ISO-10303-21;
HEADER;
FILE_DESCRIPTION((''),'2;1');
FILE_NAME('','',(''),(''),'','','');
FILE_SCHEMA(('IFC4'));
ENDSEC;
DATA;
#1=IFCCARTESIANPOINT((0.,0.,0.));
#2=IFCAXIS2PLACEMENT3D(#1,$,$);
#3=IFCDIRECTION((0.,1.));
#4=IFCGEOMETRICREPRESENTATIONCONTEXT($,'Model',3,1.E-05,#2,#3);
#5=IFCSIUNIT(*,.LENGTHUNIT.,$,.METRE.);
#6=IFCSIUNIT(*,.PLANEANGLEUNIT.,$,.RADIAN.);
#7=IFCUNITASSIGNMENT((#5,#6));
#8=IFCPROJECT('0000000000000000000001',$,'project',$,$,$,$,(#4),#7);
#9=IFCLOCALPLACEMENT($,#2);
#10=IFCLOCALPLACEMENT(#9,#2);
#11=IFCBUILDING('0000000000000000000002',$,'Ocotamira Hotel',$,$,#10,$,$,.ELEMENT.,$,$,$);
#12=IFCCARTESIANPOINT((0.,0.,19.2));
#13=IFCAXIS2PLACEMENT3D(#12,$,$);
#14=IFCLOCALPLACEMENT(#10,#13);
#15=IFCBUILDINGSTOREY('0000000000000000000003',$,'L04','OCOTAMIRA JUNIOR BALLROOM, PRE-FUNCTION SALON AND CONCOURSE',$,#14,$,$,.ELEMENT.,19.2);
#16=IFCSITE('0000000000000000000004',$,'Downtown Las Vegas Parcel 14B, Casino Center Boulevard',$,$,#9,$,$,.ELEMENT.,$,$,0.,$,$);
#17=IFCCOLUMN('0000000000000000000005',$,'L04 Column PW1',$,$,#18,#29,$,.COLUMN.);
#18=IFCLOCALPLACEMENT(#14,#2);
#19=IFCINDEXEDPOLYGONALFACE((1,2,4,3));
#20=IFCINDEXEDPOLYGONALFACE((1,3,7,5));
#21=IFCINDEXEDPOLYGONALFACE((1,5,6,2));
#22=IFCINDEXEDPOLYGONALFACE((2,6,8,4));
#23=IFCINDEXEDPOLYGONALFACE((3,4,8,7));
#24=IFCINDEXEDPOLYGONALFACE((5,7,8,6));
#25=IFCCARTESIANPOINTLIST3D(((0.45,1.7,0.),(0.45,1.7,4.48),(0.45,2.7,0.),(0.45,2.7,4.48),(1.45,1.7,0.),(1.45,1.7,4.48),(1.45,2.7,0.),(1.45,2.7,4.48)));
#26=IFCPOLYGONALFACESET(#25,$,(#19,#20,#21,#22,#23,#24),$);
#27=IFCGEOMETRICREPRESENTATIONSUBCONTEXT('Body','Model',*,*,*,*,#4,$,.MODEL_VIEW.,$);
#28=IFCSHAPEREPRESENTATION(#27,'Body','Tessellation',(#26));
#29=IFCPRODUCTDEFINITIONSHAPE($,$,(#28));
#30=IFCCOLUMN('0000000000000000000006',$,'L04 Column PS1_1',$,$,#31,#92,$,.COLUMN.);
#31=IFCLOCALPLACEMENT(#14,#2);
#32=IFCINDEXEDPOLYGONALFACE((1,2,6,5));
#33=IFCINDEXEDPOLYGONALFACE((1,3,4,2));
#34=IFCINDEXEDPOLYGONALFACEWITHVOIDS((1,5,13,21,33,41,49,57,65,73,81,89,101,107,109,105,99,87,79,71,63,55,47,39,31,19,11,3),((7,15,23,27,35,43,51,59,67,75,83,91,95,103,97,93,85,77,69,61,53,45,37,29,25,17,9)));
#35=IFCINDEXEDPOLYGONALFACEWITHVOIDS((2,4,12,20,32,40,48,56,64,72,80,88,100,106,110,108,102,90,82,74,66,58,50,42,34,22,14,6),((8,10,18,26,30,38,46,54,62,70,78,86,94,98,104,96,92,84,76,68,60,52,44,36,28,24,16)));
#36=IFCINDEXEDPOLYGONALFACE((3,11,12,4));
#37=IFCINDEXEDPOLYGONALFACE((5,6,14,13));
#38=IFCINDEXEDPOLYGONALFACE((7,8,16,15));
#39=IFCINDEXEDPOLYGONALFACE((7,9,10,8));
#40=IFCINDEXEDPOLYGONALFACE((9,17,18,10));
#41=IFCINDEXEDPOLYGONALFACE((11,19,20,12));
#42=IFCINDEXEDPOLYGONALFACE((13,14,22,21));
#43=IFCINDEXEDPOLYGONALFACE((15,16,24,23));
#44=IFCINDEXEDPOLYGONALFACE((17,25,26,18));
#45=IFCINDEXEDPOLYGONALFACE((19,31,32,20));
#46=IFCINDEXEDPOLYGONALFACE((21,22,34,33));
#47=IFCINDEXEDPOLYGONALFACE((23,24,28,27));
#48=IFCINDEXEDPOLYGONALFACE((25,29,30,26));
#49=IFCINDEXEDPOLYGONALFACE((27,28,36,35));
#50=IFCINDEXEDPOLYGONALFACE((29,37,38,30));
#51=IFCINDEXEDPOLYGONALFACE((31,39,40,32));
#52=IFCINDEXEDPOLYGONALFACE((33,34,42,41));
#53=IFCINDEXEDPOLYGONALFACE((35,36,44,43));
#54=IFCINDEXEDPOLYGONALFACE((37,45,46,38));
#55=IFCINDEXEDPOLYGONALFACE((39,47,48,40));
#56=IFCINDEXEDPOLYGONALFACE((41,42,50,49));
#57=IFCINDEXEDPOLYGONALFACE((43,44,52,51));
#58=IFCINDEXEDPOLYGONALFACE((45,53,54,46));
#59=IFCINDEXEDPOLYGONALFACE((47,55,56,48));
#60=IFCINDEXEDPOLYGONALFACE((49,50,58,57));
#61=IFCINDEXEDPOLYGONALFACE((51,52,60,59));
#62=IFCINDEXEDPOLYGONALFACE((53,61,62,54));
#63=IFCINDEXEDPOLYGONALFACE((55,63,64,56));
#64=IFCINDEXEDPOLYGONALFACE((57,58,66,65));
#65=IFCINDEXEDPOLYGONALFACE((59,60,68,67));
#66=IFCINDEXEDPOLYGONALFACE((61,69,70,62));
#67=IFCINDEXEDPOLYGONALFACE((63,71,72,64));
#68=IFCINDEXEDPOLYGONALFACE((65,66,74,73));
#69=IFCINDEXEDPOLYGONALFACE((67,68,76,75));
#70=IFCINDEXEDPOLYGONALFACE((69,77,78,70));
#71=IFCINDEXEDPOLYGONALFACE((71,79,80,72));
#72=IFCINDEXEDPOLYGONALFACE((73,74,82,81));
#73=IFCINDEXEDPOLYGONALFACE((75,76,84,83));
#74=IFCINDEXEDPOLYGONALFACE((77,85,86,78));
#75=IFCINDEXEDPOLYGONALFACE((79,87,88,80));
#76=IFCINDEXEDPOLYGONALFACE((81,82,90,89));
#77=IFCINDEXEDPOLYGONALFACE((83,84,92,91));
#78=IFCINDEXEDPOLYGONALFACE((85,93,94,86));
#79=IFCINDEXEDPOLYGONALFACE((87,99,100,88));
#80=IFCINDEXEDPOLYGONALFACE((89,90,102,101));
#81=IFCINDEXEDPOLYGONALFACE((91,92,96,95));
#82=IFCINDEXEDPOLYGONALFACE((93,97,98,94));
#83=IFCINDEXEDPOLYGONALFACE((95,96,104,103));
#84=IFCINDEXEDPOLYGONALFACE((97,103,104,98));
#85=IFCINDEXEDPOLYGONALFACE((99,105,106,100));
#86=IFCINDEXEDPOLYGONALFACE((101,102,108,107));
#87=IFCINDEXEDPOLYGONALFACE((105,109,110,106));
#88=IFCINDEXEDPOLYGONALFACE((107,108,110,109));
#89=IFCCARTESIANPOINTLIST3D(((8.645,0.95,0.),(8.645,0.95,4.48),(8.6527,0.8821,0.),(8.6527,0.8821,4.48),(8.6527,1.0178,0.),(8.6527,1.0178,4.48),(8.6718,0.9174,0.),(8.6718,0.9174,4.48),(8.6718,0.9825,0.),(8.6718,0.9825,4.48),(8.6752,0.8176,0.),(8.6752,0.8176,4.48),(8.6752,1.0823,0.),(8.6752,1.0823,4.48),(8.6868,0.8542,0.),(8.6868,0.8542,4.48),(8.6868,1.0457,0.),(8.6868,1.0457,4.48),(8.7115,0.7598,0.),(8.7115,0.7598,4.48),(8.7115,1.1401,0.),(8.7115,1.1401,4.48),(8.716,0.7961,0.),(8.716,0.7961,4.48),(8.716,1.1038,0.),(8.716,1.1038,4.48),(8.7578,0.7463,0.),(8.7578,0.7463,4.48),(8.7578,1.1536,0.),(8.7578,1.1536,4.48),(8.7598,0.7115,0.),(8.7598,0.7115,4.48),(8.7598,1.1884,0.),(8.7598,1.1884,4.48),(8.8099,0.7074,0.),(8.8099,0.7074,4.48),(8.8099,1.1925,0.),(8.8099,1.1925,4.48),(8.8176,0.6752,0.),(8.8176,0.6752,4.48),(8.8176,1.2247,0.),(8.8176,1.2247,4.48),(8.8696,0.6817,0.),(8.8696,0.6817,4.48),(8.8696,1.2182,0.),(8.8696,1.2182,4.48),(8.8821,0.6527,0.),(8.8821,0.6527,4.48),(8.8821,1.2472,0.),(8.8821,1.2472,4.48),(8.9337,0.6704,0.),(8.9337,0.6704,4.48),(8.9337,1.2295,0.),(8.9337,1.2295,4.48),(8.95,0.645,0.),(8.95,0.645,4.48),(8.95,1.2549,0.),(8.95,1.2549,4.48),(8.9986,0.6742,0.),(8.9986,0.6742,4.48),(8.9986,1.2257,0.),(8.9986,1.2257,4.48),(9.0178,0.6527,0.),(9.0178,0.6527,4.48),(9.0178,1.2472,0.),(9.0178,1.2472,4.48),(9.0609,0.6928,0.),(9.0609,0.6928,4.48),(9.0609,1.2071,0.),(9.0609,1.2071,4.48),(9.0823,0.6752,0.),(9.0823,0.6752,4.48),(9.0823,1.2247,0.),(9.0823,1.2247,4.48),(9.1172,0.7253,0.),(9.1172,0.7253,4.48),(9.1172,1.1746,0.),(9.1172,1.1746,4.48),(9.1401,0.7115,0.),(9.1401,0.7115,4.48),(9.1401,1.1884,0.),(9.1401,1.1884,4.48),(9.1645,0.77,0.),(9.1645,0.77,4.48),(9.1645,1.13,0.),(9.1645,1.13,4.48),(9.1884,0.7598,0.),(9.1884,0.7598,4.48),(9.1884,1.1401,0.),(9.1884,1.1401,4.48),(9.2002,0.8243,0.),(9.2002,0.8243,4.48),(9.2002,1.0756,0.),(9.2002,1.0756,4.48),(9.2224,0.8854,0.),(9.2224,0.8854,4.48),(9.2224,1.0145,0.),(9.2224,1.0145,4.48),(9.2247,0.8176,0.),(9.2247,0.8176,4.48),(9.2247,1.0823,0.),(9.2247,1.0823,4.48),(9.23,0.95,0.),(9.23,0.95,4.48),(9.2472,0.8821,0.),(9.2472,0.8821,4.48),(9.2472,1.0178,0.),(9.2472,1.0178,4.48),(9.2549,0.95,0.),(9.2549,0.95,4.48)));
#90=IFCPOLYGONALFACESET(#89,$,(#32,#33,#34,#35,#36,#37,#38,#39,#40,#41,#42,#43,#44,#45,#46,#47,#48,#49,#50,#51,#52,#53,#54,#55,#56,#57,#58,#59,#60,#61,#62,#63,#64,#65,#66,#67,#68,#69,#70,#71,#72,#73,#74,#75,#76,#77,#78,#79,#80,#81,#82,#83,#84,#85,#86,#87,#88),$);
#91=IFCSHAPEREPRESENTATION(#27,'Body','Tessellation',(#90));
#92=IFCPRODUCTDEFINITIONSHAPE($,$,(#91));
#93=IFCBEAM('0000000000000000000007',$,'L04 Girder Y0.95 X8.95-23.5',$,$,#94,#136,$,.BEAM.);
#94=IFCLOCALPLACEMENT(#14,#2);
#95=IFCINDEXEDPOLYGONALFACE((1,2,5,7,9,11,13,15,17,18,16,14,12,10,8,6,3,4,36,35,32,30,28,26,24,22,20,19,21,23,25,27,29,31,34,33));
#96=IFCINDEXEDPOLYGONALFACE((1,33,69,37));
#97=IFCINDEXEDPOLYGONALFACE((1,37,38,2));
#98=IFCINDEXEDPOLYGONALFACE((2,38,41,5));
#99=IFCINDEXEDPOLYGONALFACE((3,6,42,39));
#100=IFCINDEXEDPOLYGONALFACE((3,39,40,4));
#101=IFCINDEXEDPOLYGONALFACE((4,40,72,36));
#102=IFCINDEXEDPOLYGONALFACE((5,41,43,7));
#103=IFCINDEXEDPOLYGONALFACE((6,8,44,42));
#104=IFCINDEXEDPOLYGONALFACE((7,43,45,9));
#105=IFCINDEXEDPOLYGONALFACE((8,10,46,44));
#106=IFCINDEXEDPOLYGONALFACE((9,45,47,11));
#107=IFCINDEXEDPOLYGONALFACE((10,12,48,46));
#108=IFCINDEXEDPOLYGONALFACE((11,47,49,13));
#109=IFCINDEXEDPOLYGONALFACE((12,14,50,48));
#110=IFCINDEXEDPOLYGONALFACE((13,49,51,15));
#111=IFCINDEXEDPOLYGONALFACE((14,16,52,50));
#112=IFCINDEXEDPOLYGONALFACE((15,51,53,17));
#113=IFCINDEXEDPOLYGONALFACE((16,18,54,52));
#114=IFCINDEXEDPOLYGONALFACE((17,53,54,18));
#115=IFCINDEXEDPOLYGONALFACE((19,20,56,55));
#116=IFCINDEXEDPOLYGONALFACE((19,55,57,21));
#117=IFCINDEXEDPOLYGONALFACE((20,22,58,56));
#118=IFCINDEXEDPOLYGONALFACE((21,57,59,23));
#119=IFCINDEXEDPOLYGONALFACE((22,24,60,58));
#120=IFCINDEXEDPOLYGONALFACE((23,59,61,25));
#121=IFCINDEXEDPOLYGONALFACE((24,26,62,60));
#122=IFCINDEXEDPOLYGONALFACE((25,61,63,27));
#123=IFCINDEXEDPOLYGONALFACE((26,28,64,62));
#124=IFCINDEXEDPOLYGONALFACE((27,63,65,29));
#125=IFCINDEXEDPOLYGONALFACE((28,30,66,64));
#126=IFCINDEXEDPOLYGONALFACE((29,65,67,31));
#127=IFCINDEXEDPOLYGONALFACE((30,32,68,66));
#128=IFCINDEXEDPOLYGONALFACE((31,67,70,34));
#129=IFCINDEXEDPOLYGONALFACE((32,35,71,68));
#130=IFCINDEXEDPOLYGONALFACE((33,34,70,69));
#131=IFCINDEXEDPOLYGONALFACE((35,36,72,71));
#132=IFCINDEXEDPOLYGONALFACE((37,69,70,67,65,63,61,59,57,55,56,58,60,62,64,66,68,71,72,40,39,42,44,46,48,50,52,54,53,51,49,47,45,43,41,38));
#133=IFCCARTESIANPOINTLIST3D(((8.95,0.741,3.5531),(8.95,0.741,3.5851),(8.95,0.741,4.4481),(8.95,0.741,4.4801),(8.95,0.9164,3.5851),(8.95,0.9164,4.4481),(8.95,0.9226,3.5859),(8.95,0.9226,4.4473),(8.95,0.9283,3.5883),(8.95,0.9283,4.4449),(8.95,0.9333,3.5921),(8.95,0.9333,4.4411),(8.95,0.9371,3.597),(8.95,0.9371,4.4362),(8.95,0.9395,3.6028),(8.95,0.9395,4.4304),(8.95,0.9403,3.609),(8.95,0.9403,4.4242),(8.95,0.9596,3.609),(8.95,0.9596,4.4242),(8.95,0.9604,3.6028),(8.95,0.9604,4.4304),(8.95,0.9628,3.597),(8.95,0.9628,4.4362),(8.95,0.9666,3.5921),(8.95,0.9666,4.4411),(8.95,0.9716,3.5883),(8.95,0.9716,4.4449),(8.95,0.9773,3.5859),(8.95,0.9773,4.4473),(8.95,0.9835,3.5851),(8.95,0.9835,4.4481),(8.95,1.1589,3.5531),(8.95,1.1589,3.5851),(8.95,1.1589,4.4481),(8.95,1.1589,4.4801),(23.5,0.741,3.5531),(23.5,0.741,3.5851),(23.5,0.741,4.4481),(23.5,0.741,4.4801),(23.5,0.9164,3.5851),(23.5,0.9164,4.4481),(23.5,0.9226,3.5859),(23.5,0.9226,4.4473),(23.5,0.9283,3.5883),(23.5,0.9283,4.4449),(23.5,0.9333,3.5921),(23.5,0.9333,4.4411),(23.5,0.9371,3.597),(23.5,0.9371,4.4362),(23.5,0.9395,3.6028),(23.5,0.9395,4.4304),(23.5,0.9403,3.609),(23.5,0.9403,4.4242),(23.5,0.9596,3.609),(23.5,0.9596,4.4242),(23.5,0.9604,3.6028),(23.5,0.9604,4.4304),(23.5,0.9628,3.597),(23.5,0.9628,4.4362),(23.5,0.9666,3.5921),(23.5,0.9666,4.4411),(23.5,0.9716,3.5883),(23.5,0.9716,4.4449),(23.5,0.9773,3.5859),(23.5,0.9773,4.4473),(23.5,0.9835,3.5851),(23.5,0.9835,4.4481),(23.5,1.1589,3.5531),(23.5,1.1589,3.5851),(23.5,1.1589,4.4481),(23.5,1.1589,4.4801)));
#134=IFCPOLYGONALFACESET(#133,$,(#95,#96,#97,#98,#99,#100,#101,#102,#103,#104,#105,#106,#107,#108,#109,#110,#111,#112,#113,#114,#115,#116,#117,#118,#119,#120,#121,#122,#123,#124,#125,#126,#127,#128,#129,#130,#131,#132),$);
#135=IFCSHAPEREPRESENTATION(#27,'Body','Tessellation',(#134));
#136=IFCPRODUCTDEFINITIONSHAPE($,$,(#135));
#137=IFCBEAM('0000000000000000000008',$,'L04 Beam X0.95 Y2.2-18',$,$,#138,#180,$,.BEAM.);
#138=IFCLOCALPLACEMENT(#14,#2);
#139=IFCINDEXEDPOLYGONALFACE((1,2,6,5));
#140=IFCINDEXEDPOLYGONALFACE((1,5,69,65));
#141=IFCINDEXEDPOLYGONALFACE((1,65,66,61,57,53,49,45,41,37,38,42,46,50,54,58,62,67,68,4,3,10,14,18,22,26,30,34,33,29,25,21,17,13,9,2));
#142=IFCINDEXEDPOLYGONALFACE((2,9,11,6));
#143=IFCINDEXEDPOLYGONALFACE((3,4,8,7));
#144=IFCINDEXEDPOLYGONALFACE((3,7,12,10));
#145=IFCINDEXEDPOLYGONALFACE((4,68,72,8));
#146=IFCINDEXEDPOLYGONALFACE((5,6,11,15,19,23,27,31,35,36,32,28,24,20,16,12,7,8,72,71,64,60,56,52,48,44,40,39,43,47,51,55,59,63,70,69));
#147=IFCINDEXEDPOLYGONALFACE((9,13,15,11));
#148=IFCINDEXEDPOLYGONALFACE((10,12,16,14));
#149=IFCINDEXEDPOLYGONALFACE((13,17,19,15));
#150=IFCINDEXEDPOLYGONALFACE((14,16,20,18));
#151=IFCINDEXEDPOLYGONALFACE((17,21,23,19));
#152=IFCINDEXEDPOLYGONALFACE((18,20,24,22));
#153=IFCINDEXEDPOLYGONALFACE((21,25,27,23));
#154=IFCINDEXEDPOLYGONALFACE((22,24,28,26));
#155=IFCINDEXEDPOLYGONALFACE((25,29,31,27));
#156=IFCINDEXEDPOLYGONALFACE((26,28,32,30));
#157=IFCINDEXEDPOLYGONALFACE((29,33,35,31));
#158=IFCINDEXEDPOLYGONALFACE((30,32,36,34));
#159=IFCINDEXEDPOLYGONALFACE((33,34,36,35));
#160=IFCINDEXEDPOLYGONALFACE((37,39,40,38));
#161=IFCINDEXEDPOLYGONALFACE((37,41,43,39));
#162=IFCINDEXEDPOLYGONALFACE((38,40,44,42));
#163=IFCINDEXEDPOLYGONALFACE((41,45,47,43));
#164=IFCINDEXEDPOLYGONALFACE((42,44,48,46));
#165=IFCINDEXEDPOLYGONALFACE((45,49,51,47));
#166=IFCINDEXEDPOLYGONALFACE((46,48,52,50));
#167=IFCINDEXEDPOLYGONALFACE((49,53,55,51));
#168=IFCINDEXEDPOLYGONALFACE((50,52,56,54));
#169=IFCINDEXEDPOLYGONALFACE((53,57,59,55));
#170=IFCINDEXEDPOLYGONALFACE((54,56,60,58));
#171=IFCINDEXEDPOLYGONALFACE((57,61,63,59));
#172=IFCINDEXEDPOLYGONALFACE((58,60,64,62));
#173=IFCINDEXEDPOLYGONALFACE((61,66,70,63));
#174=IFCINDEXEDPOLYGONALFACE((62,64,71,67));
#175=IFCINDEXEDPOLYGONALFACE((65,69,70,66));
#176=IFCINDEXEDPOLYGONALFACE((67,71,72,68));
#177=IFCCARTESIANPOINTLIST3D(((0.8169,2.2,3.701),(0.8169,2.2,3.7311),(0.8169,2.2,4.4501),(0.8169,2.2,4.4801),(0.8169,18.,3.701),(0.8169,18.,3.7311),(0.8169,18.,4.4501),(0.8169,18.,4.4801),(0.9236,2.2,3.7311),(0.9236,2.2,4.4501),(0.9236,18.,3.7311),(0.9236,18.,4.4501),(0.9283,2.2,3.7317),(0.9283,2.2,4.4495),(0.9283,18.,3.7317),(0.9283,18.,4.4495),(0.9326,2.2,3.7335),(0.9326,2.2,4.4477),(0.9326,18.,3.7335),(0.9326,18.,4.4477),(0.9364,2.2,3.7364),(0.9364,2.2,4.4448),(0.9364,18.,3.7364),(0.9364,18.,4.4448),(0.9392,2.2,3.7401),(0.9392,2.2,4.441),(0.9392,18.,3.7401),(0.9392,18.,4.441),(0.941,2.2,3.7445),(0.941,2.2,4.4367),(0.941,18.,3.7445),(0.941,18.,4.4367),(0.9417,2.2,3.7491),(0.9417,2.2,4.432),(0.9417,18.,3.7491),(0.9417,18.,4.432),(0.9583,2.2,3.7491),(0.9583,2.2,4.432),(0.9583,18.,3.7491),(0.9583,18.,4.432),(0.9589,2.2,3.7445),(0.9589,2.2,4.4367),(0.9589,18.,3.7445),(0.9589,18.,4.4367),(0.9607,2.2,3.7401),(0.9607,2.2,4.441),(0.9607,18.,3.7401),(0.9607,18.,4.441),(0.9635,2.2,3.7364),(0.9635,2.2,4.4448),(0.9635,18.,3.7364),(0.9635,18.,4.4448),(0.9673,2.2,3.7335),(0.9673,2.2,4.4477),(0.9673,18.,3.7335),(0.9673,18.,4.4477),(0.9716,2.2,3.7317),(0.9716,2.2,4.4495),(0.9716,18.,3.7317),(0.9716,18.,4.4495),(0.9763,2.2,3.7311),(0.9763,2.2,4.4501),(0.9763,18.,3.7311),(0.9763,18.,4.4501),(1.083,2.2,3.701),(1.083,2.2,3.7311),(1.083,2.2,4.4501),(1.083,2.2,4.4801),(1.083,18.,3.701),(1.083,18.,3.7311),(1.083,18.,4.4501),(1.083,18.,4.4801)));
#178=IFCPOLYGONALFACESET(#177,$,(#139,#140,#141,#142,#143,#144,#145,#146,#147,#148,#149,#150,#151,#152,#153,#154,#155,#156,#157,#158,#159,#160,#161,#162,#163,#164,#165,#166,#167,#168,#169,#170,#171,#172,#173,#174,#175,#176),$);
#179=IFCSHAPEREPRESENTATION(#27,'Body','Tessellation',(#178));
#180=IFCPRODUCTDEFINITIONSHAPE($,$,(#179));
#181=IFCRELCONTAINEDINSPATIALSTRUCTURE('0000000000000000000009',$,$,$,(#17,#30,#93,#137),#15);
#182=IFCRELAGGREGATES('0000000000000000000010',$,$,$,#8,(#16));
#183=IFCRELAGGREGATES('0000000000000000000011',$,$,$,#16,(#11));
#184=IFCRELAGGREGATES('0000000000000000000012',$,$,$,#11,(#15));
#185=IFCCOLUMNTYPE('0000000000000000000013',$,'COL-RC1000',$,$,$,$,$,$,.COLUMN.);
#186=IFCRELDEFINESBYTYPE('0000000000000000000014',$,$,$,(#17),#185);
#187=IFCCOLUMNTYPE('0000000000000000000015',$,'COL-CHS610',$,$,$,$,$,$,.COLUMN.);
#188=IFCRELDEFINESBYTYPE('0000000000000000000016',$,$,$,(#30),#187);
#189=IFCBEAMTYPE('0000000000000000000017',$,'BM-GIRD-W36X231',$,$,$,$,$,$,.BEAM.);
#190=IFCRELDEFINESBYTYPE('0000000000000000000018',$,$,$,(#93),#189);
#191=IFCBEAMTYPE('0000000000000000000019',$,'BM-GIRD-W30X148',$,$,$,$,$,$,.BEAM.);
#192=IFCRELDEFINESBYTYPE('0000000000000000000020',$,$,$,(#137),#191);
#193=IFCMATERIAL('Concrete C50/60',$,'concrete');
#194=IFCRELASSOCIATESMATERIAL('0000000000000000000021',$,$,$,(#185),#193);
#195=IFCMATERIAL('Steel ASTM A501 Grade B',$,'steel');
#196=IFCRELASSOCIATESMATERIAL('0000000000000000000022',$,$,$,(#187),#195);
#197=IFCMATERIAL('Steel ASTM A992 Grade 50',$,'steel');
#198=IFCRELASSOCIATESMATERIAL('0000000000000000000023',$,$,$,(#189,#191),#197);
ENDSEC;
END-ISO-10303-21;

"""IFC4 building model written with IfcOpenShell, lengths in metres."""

from ifc_helpers import new_model, si_unit, direction, frame, origin, origin_2d, place, context, subcontext, project, spatial, rectangle, hollow_circle, i_section, extrude, source, transform, mapped, material, material_profile, profile_set, type_object, element, save


model = new_model("IFC4")

# Units and contexts
model_context = context("Model", 3, precision=1e-05, world=origin(), true_north=direction((0.0, 1.0)))
body_context = subcontext(model_context, "Body", "Model", "MODEL_VIEW")
ifc_project = project(units=[si_unit("LENGTHUNIT", "METRE"), si_unit("PLANEANGLEUNIT", "RADIAN")], contexts=[model_context])

# Site, building, storey
site_placement = place(None, origin())
site = spatial("IfcSite", under=ifc_project, at=site_placement, Name="Downtown Las Vegas Parcel 14B, Casino Center Boulevard", CompositionType="ELEMENT", RefElevation=0.0)
building_placement = place(site_placement, origin())
building = spatial("IfcBuilding", under=site, at=building_placement, Name="Ocotamira Hotel", CompositionType="ELEMENT")
storey_placement = place(building_placement, frame((0.0, 0.0, 19.2)))
storey = spatial("IfcBuildingStorey", under=building, at=storey_placement, Name="L04", Description="OCOTAMIRA JUNIOR BALLROOM, PRE-FUNCTION SALON AND CONCOURSE", CompositionType="ELEMENT", Elevation=19.2)

# Columns
ifc_material_1 = material(Name="Concrete C50/60", Category="concrete")
ifc_material_profile_1 = material_profile(ifc_material_1, rectangle(XDim=1.0, YDim=1.0, at=origin_2d()), Name="RC1000X1000")
ifc_profile_set_1 = profile_set([ifc_material_profile_1], Name="Concrete C50/60")
column_type_1 = type_object("IfcColumnType", Name="COL-RC1000", PredefinedType="COLUMN", material=ifc_profile_set_1)
shared_shape_1 = source(origin(), body_context, "Body", "SweptSolid", [
    extrude(rectangle(XDim=1.0, YDim=1.0, at=origin_2d()), origin(), (0.0, 0.0, 1.0), 4.48),
])
column_1_placement = place(storey_placement, frame((0.95, 2.2, 0.0), z_axis=(0.0, 0.0, 1.0), x_axis=(1.0, 0.0, 0.0)))
element("IfcColumn", 1, at=column_1_placement, inside=storey, type_object=column_type_1, Name="L04 Column PW1", PredefinedType="COLUMN", context=body_context, shape_type="MappedRepresentation", body=[
    mapped(shared_shape_1, transform((0.0, 0.0, 0.0), scale=1.0)),
])
ifc_material_2 = material(Name="Steel ASTM A501 Grade B", Category="steel")
ifc_material_profile_2 = material_profile(ifc_material_2, hollow_circle(Radius=0.3049, WallThickness=0.0249, at=origin_2d()), Name="CHS610X25")
ifc_profile_set_2 = profile_set([ifc_material_profile_2], Name="Steel ASTM A501 Grade B")
column_type_2 = type_object("IfcColumnType", Name="COL-CHS610", PredefinedType="COLUMN", material=ifc_profile_set_2)
shared_shape_2 = source(origin(), body_context, "Body", "SweptSolid", [
    extrude(hollow_circle(Radius=0.3049, WallThickness=0.0249, at=origin_2d()), origin(), (0.0, 0.0, 1.0), 4.48),
])
column_2_placement = place(storey_placement, frame((8.95, 0.95, 0.0), z_axis=(0.0, 0.0, 1.0), x_axis=(1.0, 0.0, 0.0)))
element("IfcColumn", 2, at=column_2_placement, inside=storey, type_object=column_type_2, Name="L04 Column PS1_1", PredefinedType="COLUMN", context=body_context, shape_type="MappedRepresentation", body=[
    mapped(shared_shape_2, transform((0.0, 0.0, 0.0), scale=1.0)),
])

# Beams
ifc_material_3 = material(Name="Steel ASTM A992 Grade 50", Category="steel")
ifc_material_profile_3 = material_profile(ifc_material_3, i_section(OverallWidth=0.418, OverallDepth=0.927, WebThickness=0.0193, FlangeThickness=0.032, FilletRadius=0.0239, at=origin_2d()), Name="W36X231")
ifc_profile_set_3 = profile_set([ifc_material_profile_3], Name="Steel ASTM A992 Grade 50")
beam_type_1 = type_object("IfcBeamType", Name="BM-GIRD-W36X231", PredefinedType="BEAM", material=ifc_profile_set_3)
shared_shape_3 = source(origin(), body_context, "Body", "SweptSolid", [
    extrude(i_section(OverallWidth=0.418, OverallDepth=0.927, WebThickness=0.0193, FlangeThickness=0.032, FilletRadius=0.0239, at=origin_2d()), origin(), (0.0, 0.0, 1.0), 14.55),
])
beam_1_placement = place(storey_placement, frame((8.95, 0.95, 4.0166), z_axis=(1.0, 0.0, 0.0), x_axis=(0.0, 1.0, 0.0)))
element("IfcBeam", 3, at=beam_1_placement, inside=storey, type_object=beam_type_1, Name="L04 Girder Y0.95 X8.95-23.5", PredefinedType="BEAM", context=body_context, shape_type="MappedRepresentation", body=[
    mapped(shared_shape_3, transform((0.0, 0.0, 0.0), scale=1.0)),
])
ifc_material_profile_4 = material_profile(ifc_material_3, i_section(OverallWidth=0.2661, OverallDepth=0.7791, WebThickness=0.0166, FlangeThickness=0.03, FilletRadius=0.0181, at=origin_2d()), Name="W30X148")
ifc_profile_set_4 = profile_set([ifc_material_profile_4], Name="Steel ASTM A992 Grade 50")
beam_type_2 = type_object("IfcBeamType", Name="BM-GIRD-W30X148", PredefinedType="BEAM", material=ifc_profile_set_4)
shared_shape_4 = source(origin(), body_context, "Body", "SweptSolid", [
    extrude(i_section(OverallWidth=0.2661, OverallDepth=0.7791, WebThickness=0.0166, FlangeThickness=0.03, FilletRadius=0.0181, at=origin_2d()), origin(), (0.0, 0.0, 1.0), 15.8),
])
beam_2_placement = place(storey_placement, frame((0.95, 2.2, 4.0906), z_axis=(0.0, 1.0, 0.0), x_axis=(-1.0, 0.0, 0.0)))
element("IfcBeam", 4, at=beam_2_placement, inside=storey, type_object=beam_type_2, Name="L04 Beam X0.95 Y2.2-18", PredefinedType="BEAM", context=body_context, shape_type="MappedRepresentation", body=[
    mapped(shared_shape_4, transform((0.0, 0.0, 0.0), scale=1.0)),
])

save(model, "model.ifc")
